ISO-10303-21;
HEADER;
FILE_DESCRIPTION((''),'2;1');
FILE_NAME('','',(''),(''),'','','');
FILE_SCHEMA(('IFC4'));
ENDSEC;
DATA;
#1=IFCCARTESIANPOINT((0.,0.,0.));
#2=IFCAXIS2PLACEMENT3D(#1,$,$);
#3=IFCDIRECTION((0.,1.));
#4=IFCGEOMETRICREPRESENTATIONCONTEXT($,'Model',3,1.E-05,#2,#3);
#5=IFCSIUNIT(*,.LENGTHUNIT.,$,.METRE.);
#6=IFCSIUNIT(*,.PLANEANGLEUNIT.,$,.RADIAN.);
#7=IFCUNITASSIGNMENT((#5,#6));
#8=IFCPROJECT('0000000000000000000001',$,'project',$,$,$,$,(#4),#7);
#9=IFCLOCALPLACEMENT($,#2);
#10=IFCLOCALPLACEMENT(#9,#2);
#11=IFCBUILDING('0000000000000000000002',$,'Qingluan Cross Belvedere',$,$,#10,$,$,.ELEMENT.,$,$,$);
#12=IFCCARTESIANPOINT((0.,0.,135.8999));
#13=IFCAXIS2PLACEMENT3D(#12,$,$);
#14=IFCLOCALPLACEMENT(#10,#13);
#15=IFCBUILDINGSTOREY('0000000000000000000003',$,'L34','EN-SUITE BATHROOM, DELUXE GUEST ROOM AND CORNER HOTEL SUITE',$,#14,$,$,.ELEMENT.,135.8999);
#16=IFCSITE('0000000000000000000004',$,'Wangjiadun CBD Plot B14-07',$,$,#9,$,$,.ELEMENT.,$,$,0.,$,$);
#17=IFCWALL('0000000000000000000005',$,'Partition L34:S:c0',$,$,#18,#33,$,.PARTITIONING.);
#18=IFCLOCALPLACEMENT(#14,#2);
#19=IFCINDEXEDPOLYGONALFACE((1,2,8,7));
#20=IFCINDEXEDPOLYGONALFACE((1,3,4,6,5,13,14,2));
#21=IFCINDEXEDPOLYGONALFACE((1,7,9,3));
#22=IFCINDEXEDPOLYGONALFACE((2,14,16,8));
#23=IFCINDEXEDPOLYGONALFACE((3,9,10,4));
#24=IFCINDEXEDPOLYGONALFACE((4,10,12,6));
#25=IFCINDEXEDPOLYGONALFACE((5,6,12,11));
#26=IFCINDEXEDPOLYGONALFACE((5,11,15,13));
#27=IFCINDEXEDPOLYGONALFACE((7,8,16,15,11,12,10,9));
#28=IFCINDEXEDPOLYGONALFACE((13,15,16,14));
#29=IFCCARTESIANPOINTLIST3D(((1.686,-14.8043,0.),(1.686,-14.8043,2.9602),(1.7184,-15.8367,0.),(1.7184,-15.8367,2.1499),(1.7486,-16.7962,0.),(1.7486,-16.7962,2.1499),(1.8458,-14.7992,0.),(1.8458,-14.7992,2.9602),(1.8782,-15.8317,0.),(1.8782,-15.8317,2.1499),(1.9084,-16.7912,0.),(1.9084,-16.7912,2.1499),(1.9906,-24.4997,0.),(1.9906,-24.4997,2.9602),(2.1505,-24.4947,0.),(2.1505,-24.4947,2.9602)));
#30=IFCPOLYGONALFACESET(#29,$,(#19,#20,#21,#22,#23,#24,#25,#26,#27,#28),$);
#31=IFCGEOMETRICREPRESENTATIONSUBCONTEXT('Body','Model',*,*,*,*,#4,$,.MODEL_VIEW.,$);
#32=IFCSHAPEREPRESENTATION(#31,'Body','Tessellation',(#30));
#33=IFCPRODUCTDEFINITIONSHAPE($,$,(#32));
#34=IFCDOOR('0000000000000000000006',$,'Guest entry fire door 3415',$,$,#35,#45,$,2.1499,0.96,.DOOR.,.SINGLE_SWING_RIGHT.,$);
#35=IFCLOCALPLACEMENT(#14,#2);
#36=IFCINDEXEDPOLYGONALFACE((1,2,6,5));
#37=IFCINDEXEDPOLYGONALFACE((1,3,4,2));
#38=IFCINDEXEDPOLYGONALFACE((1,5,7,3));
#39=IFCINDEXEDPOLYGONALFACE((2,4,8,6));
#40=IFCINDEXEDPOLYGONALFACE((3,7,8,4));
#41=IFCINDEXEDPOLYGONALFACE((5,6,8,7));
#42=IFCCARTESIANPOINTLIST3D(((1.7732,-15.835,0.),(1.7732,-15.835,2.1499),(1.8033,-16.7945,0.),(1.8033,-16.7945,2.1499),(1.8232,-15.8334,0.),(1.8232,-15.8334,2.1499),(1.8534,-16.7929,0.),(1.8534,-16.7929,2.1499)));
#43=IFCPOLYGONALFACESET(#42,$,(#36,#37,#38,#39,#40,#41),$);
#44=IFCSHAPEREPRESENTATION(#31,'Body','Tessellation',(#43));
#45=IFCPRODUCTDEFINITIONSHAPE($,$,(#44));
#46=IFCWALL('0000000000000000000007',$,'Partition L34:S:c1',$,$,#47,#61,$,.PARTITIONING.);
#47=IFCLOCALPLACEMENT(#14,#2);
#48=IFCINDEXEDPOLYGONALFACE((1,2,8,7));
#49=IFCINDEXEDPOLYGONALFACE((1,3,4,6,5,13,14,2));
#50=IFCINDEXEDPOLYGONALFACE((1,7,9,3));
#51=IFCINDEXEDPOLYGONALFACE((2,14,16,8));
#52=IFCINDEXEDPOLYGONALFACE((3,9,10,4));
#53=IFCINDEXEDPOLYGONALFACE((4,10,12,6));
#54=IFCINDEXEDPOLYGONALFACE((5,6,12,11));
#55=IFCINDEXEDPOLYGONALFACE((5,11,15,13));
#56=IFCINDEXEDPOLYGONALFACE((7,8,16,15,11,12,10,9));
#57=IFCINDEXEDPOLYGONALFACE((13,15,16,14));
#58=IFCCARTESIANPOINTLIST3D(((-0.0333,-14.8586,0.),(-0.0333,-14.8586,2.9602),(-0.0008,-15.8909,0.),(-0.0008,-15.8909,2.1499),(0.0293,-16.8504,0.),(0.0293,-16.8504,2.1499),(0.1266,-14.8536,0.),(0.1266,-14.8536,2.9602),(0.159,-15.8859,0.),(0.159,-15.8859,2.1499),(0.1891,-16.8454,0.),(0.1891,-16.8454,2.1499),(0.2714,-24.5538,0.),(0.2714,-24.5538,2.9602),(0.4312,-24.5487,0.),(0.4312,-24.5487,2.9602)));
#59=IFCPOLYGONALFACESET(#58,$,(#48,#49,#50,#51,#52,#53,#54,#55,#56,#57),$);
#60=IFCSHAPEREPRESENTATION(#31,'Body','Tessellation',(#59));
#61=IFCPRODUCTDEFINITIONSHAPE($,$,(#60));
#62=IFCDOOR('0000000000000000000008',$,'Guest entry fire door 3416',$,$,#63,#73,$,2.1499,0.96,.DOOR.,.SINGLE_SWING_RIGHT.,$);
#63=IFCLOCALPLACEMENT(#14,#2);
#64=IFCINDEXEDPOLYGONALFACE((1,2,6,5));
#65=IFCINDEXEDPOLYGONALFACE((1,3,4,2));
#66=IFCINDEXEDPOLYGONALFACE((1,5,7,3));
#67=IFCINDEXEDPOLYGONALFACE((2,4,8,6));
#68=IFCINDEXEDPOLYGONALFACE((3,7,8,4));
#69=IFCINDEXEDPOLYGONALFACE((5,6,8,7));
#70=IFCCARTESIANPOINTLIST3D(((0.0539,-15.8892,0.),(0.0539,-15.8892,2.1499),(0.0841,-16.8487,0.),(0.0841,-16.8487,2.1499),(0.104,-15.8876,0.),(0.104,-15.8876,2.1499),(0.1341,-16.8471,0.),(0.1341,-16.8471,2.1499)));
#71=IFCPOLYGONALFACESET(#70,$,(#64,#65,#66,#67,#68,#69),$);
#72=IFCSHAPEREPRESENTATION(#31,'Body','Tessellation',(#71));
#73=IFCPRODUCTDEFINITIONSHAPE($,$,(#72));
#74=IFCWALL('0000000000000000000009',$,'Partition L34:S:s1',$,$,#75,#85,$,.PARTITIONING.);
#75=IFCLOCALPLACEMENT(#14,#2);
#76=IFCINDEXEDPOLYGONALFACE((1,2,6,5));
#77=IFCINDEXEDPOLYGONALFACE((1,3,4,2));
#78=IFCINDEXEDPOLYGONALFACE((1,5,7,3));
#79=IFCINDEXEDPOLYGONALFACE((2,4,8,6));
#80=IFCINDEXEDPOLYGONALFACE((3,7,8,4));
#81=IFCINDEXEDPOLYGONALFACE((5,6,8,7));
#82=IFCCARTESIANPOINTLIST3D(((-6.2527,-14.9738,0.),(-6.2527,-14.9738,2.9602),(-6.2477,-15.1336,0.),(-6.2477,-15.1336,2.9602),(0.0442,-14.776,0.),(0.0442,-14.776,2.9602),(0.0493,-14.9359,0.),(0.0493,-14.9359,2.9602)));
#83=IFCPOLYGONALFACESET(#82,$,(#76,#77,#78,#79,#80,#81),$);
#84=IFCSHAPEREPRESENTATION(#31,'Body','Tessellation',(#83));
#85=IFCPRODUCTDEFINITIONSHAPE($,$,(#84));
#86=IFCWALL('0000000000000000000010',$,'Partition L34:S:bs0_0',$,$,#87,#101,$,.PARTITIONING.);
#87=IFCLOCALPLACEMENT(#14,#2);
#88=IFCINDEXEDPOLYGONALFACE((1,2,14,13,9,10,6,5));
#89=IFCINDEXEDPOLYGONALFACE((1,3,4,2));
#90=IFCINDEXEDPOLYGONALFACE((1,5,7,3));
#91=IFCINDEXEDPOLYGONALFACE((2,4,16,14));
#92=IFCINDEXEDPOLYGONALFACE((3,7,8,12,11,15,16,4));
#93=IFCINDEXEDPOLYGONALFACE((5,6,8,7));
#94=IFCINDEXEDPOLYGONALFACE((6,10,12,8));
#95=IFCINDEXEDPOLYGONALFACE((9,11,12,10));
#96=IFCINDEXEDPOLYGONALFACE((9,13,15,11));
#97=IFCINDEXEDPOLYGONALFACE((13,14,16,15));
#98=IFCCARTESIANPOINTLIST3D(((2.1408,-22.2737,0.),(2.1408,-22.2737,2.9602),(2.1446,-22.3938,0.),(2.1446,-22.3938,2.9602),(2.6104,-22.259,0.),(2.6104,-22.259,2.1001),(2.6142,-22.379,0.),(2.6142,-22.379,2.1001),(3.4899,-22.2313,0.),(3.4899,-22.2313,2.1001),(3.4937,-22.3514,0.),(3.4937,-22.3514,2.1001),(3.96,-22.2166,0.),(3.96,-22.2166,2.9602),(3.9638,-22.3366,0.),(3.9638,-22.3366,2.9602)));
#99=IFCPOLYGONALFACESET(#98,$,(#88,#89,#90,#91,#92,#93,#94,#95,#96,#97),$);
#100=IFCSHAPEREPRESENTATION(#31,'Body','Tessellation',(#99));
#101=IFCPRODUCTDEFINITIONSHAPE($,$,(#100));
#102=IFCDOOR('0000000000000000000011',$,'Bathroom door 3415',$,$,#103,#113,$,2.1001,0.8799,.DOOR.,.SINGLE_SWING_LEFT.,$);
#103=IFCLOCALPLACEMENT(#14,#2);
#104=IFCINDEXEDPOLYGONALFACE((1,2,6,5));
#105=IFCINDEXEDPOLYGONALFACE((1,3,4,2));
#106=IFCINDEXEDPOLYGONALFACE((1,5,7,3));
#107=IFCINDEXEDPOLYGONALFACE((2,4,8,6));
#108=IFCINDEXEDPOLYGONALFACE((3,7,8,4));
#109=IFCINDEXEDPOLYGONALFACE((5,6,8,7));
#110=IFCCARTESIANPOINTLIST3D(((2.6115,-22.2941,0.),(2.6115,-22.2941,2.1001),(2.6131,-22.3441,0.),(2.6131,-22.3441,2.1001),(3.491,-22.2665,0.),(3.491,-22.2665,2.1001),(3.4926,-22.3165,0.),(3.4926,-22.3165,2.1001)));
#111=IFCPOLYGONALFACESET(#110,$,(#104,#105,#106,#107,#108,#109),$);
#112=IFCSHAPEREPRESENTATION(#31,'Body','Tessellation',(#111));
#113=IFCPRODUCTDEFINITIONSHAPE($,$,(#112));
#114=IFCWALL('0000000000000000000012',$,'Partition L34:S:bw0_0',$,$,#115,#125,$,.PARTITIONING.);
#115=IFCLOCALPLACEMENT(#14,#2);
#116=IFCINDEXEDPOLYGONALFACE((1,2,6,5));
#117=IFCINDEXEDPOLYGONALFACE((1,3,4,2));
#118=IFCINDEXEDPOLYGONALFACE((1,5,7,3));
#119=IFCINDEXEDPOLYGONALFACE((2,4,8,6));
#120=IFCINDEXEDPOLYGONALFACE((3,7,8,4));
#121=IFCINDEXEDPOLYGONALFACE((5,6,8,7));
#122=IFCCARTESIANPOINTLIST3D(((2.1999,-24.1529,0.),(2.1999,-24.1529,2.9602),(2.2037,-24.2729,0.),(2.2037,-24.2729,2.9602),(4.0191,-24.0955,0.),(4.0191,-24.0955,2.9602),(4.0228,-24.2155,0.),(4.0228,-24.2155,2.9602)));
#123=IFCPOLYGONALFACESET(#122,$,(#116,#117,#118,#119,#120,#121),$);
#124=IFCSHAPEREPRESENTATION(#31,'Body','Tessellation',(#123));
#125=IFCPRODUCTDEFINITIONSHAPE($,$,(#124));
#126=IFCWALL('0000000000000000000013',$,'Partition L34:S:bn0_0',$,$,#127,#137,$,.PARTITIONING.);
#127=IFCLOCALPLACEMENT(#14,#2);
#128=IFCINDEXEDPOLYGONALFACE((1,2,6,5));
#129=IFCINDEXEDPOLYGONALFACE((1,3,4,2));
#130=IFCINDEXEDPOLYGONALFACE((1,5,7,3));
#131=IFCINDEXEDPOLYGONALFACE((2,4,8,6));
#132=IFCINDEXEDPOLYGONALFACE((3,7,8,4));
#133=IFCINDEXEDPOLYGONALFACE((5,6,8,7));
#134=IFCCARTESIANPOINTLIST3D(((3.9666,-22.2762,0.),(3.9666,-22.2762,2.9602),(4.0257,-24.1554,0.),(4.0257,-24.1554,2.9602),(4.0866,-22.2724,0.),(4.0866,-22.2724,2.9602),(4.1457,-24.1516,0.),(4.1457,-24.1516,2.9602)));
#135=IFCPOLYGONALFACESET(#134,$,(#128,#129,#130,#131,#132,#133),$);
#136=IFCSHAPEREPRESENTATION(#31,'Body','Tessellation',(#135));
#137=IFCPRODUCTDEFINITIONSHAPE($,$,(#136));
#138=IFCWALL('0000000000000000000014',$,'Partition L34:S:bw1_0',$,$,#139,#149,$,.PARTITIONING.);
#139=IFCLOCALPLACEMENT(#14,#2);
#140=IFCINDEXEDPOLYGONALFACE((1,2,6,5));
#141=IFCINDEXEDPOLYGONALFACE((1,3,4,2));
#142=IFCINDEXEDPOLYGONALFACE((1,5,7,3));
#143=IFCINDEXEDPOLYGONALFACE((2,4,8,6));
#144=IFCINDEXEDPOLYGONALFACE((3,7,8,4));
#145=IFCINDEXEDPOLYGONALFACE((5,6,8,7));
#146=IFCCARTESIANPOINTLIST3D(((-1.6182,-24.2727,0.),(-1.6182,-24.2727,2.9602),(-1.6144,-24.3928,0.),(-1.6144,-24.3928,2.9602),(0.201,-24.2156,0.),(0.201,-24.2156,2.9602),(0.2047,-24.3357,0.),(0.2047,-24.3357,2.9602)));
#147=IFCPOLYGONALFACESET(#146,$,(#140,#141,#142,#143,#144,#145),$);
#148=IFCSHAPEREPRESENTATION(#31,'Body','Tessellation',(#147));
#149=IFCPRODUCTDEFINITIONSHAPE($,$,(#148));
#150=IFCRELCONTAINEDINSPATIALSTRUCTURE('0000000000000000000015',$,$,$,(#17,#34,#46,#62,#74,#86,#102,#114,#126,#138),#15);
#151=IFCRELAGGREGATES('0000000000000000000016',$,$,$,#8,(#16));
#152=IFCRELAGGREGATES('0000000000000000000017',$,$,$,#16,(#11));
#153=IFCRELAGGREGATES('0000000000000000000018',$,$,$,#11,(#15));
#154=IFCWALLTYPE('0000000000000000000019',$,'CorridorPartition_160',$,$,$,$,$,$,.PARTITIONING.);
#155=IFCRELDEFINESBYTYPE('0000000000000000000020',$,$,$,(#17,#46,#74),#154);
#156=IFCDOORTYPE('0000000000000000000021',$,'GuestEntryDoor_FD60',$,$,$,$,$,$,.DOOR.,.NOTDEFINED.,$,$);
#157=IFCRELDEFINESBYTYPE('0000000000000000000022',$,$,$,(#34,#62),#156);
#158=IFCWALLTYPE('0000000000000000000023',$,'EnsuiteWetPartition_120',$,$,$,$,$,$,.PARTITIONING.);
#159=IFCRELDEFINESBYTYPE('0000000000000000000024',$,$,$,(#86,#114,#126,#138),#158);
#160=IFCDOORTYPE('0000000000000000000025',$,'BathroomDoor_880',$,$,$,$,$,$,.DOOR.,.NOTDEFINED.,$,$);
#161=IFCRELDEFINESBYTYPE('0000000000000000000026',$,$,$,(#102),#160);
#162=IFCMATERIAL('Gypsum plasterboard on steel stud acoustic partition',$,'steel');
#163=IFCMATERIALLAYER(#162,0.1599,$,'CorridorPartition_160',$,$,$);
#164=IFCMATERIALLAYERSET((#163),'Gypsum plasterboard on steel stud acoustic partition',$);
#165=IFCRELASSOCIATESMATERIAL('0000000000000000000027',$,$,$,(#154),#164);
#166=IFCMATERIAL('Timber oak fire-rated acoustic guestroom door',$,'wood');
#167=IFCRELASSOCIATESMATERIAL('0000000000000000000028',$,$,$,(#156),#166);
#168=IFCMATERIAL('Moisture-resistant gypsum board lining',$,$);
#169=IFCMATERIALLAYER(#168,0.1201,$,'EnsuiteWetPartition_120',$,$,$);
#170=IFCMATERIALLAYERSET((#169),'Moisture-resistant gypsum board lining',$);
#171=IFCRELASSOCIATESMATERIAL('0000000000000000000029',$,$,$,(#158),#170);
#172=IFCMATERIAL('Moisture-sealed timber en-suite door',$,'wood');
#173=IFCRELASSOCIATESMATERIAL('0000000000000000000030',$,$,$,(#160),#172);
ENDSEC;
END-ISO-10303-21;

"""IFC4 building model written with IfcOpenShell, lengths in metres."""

from ifc_helpers import new_model, si_unit, direction, frame, frame_2d, origin, place, context, subcontext, project, spatial, rectangle, extrude, material, layer, layer_set, type_object, element, fill, save


model = new_model("IFC4")

# Units and contexts
model_context = context("Model", 3, precision=1e-05, world=origin(), true_north=direction((0.0, 1.0)))
body_context = subcontext(model_context, "Body", "Model", "MODEL_VIEW")
ifc_project = project(units=[si_unit("LENGTHUNIT", "METRE"), si_unit("PLANEANGLEUNIT", "RADIAN")], contexts=[model_context])

# Site, building, storey
site_placement = place(None, origin())
site = spatial("IfcSite", under=ifc_project, at=site_placement, Name="Wangjiadun CBD Plot B14-07", CompositionType="ELEMENT", RefElevation=0.0)
building_placement = place(site_placement, origin())
building = spatial("IfcBuilding", under=site, at=building_placement, Name="Qingluan Cross Belvedere", CompositionType="ELEMENT")
storey_placement = place(building_placement, frame((0.0, 0.0, 135.8999)))
storey = spatial("IfcBuildingStorey", under=building, at=storey_placement, Name="L34", Description="EN-SUITE BATHROOM, DELUXE GUEST ROOM AND CORNER HOTEL SUITE", CompositionType="ELEMENT", Elevation=135.8999)

# Walls, openings, doors
ifc_material_1 = material(Name="Gypsum plasterboard on steel stud acoustic partition", Category="steel")
ifc_layer_1 = layer(ifc_material_1, 0.1599, Name="CorridorPartition_160")
ifc_layer_set_1 = layer_set([ifc_layer_1], Name="Gypsum plasterboard on steel stud acoustic partition")
wall_type_1 = type_object("IfcWallType", Name="CorridorPartition_160", PredefinedType="PARTITIONING", material=ifc_layer_set_1)
wall_1_placement = place(storey_placement, frame((1.7659, -14.8018, 0.0), z_axis=(0.0, 0.0, 1.0), x_axis=(0.031411, -0.999507, 0.0)))
wall_1 = element("IfcWall", 1, at=wall_1_placement, inside=storey, type_object=wall_type_1, Name="Partition L34:S:c0", PredefinedType="PARTITIONING", context=body_context, shape_type="SweptSolid", body=[
    extrude(rectangle(XDim=9.7002, YDim=0.1599, at=frame_2d((4.8501, 0.0))), origin(), (0.0, 0.0, 1.0), 2.9602),
])
opening_1_placement = place(wall_1_placement, frame((1.033, 0.0, 0.0)))
opening_1 = element("IfcOpeningElement", 2, at=opening_1_placement, cuts=wall_1, PredefinedType="OPENING", context=body_context, shape_type="SweptSolid", body=[
    extrude(rectangle(XDim=0.96, YDim=2.1499, at=frame_2d((0.48, 1.075))), frame((0.0, 0.0898, 0.0), z_axis=(0.0, -1.0, 0.0), x_axis=(1.0, 0.0, 0.0)), (0.0, 0.0, 1.0), 0.1799),
])
ifc_material_2 = material(Name="Timber oak fire-rated acoustic guestroom door", Category="wood")
door_type_1 = type_object("IfcDoorType", Name="GuestEntryDoor_FD60", OperationType="NOTDEFINED", PredefinedType="DOOR", material=ifc_material_2)
door_1_placement = place(opening_1_placement, origin())
door_1 = element("IfcDoor", 3, at=door_1_placement, inside=storey, type_object=door_type_1, Name="Guest entry fire door 3415", OperationType="SINGLE_SWING_RIGHT", OverallHeight=2.1499, OverallWidth=0.96, PredefinedType="DOOR", context=body_context, shape_type="SweptSolid", body=[
    extrude(rectangle(XDim=0.96, YDim=2.1499, at=frame_2d((0.48, 1.075))), frame((0.0, 0.0249, 0.0), z_axis=(0.0, -1.0, 0.0), x_axis=(1.0, 0.0, 0.0)), (0.0, 0.0, 1.0), 0.05),
])
fill(opening_1, door_1)
wall_2_placement = place(storey_placement, frame((0.0466, -14.856, 0.0), z_axis=(0.0, 0.0, 1.0), x_axis=(0.031412, -0.999507, 0.0)))
wall_2 = element("IfcWall", 4, at=wall_2_placement, inside=storey, type_object=wall_type_1, Name="Partition L34:S:c1", PredefinedType="PARTITIONING", context=body_context, shape_type="SweptSolid", body=[
    extrude(rectangle(XDim=9.7, YDim=0.1599, at=frame_2d((4.8501, 0.0))), origin(), (0.0, 0.0, 1.0), 2.9602),
])
opening_2_placement = place(wall_2_placement, frame((1.033, 0.0, 0.0)))
opening_2 = element("IfcOpeningElement", 5, at=opening_2_placement, cuts=wall_2, PredefinedType="OPENING", context=body_context, shape_type="SweptSolid", body=[
    extrude(rectangle(XDim=0.96, YDim=2.1499, at=frame_2d((0.48, 1.075))), frame((0.0, 0.0898, 0.0), z_axis=(0.0, -1.0, 0.0), x_axis=(1.0, 0.0, 0.0)), (0.0, 0.0, 1.0), 0.1799),
])
door_2_placement = place(opening_2_placement, origin())
door_2 = element("IfcDoor", 6, at=door_2_placement, inside=storey, type_object=door_type_1, Name="Guest entry fire door 3416", OperationType="SINGLE_SWING_RIGHT", OverallHeight=2.1499, OverallWidth=0.96, PredefinedType="DOOR", context=body_context, shape_type="SweptSolid", body=[
    extrude(rectangle(XDim=0.96, YDim=2.1499, at=frame_2d((0.48, 1.075))), frame((0.0, 0.0249, 0.0), z_axis=(0.0, -1.0, 0.0), x_axis=(1.0, 0.0, 0.0)), (0.0, 0.0, 1.0), 0.05),
])
fill(opening_2, door_2)

# Wall
wall_3_placement = place(storey_placement, frame((0.0466, -14.856, 0.0), z_axis=(0.0, 0.0, 1.0), x_axis=(-0.999507, -0.03139, 0.0)))
element("IfcWall", 7, at=wall_3_placement, inside=storey, type_object=wall_type_1, Name="Partition L34:S:s1", PredefinedType="PARTITIONING", context=body_context, shape_type="SweptSolid", body=[
    extrude(rectangle(XDim=6.3, YDim=0.1599, at=frame_2d((3.1499, 0.0))), origin(), (0.0, 0.0, 1.0), 2.9602),
])

# Wall, opening, door
ifc_material_3 = material(Name="Moisture-resistant gypsum board lining")
ifc_layer_2 = layer(ifc_material_3, 0.1201, Name="EnsuiteWetPartition_120")
ifc_layer_set_2 = layer_set([ifc_layer_2], Name="Moisture-resistant gypsum board lining")
wall_type_2 = type_object("IfcWallType", Name="EnsuiteWetPartition_120", PredefinedType="PARTITIONING", material=ifc_layer_set_2)
wall_4_placement = place(storey_placement, frame((2.1426, -22.3337, 0.0), z_axis=(0.0, 0.0, 1.0), x_axis=(0.999507, 0.03139, 0.0)))
wall_4 = element("IfcWall", 8, at=wall_4_placement, inside=storey, type_object=wall_type_2, Name="Partition L34:S:bs0_0", PredefinedType="PARTITIONING", context=body_context, shape_type="SweptSolid", body=[
    extrude(rectangle(XDim=1.8201, YDim=0.1201, at=frame_2d((0.9102, 0.0))), origin(), (0.0, 0.0, 1.0), 2.9602),
])
opening_3_placement = place(wall_4_placement, frame((0.47, 0.0, 0.0)))
opening_3 = element("IfcOpeningElement", 9, at=opening_3_placement, cuts=wall_4, PredefinedType="OPENING", context=body_context, shape_type="SweptSolid", body=[
    extrude(rectangle(XDim=0.8799, YDim=2.1001, at=frame_2d((0.4399, 1.05))), frame((0.0, 0.0701, 0.0), z_axis=(0.0, -1.0, 0.0), x_axis=(1.0, 0.0, 0.0)), (0.0, 0.0, 1.0), 0.1401),
])
ifc_material_4 = material(Name="Moisture-sealed timber en-suite door", Category="wood")
door_type_2 = type_object("IfcDoorType", Name="BathroomDoor_880", OperationType="NOTDEFINED", PredefinedType="DOOR", material=ifc_material_4)
door_3_placement = place(opening_3_placement, origin())
door_3 = element("IfcDoor", 10, at=door_3_placement, inside=storey, type_object=door_type_2, Name="Bathroom door 3415", OperationType="SINGLE_SWING_LEFT", OverallHeight=2.1001, OverallWidth=0.8799, PredefinedType="DOOR", context=body_context, shape_type="SweptSolid", body=[
    extrude(rectangle(XDim=0.8799, YDim=2.1001, at=frame_2d((0.4399, 1.05))), frame((0.0, 0.0249, 0.0), z_axis=(0.0, -1.0, 0.0), x_axis=(1.0, 0.0, 0.0)), (0.0, 0.0, 1.0), 0.05),
])
fill(opening_3, door_3)

# Walls
wall_5_placement = place(storey_placement, frame((2.2017, -24.2129, 0.0), z_axis=(0.0, 0.0, 1.0), x_axis=(0.999503, 0.031524, 0.0)))
element("IfcWall", 11, at=wall_5_placement, inside=storey, type_object=wall_type_2, Name="Partition L34:S:bw0_0", PredefinedType="PARTITIONING", context=body_context, shape_type="SweptSolid", body=[
    extrude(rectangle(XDim=1.8201, YDim=0.1201, at=frame_2d((0.9102, 0.0))), origin(), (0.0, 0.0, 1.0), 2.9602),
])
wall_6_placement = place(storey_placement, frame((4.0266, -22.2744, 0.0), z_axis=(0.0, 0.0, 1.0), x_axis=(0.031425, -0.999506, 0.0)))
element("IfcWall", 12, at=wall_6_placement, inside=storey, type_object=wall_type_2, Name="Partition L34:S:bn0_0", PredefinedType="PARTITIONING", context=body_context, shape_type="SweptSolid", body=[
    extrude(rectangle(XDim=1.8801, YDim=0.1201, at=frame_2d((0.9399, 0.0))), origin(), (0.0, 0.0, 1.0), 2.9602),
])
wall_7_placement = place(storey_placement, frame((-1.6165, -24.3328, 0.0), z_axis=(0.0, 0.0, 1.0), x_axis=(0.999507, 0.03139, 0.0)))
element("IfcWall", 13, at=wall_7_placement, inside=storey, type_object=wall_type_2, Name="Partition L34:S:bw1_0", PredefinedType="PARTITIONING", context=body_context, shape_type="SweptSolid", body=[
    extrude(rectangle(XDim=1.8201, YDim=0.1201, at=frame_2d((0.9102, 0.0))), origin(), (0.0, 0.0, 1.0), 2.9602),
])

save(model, "model.ifc")
